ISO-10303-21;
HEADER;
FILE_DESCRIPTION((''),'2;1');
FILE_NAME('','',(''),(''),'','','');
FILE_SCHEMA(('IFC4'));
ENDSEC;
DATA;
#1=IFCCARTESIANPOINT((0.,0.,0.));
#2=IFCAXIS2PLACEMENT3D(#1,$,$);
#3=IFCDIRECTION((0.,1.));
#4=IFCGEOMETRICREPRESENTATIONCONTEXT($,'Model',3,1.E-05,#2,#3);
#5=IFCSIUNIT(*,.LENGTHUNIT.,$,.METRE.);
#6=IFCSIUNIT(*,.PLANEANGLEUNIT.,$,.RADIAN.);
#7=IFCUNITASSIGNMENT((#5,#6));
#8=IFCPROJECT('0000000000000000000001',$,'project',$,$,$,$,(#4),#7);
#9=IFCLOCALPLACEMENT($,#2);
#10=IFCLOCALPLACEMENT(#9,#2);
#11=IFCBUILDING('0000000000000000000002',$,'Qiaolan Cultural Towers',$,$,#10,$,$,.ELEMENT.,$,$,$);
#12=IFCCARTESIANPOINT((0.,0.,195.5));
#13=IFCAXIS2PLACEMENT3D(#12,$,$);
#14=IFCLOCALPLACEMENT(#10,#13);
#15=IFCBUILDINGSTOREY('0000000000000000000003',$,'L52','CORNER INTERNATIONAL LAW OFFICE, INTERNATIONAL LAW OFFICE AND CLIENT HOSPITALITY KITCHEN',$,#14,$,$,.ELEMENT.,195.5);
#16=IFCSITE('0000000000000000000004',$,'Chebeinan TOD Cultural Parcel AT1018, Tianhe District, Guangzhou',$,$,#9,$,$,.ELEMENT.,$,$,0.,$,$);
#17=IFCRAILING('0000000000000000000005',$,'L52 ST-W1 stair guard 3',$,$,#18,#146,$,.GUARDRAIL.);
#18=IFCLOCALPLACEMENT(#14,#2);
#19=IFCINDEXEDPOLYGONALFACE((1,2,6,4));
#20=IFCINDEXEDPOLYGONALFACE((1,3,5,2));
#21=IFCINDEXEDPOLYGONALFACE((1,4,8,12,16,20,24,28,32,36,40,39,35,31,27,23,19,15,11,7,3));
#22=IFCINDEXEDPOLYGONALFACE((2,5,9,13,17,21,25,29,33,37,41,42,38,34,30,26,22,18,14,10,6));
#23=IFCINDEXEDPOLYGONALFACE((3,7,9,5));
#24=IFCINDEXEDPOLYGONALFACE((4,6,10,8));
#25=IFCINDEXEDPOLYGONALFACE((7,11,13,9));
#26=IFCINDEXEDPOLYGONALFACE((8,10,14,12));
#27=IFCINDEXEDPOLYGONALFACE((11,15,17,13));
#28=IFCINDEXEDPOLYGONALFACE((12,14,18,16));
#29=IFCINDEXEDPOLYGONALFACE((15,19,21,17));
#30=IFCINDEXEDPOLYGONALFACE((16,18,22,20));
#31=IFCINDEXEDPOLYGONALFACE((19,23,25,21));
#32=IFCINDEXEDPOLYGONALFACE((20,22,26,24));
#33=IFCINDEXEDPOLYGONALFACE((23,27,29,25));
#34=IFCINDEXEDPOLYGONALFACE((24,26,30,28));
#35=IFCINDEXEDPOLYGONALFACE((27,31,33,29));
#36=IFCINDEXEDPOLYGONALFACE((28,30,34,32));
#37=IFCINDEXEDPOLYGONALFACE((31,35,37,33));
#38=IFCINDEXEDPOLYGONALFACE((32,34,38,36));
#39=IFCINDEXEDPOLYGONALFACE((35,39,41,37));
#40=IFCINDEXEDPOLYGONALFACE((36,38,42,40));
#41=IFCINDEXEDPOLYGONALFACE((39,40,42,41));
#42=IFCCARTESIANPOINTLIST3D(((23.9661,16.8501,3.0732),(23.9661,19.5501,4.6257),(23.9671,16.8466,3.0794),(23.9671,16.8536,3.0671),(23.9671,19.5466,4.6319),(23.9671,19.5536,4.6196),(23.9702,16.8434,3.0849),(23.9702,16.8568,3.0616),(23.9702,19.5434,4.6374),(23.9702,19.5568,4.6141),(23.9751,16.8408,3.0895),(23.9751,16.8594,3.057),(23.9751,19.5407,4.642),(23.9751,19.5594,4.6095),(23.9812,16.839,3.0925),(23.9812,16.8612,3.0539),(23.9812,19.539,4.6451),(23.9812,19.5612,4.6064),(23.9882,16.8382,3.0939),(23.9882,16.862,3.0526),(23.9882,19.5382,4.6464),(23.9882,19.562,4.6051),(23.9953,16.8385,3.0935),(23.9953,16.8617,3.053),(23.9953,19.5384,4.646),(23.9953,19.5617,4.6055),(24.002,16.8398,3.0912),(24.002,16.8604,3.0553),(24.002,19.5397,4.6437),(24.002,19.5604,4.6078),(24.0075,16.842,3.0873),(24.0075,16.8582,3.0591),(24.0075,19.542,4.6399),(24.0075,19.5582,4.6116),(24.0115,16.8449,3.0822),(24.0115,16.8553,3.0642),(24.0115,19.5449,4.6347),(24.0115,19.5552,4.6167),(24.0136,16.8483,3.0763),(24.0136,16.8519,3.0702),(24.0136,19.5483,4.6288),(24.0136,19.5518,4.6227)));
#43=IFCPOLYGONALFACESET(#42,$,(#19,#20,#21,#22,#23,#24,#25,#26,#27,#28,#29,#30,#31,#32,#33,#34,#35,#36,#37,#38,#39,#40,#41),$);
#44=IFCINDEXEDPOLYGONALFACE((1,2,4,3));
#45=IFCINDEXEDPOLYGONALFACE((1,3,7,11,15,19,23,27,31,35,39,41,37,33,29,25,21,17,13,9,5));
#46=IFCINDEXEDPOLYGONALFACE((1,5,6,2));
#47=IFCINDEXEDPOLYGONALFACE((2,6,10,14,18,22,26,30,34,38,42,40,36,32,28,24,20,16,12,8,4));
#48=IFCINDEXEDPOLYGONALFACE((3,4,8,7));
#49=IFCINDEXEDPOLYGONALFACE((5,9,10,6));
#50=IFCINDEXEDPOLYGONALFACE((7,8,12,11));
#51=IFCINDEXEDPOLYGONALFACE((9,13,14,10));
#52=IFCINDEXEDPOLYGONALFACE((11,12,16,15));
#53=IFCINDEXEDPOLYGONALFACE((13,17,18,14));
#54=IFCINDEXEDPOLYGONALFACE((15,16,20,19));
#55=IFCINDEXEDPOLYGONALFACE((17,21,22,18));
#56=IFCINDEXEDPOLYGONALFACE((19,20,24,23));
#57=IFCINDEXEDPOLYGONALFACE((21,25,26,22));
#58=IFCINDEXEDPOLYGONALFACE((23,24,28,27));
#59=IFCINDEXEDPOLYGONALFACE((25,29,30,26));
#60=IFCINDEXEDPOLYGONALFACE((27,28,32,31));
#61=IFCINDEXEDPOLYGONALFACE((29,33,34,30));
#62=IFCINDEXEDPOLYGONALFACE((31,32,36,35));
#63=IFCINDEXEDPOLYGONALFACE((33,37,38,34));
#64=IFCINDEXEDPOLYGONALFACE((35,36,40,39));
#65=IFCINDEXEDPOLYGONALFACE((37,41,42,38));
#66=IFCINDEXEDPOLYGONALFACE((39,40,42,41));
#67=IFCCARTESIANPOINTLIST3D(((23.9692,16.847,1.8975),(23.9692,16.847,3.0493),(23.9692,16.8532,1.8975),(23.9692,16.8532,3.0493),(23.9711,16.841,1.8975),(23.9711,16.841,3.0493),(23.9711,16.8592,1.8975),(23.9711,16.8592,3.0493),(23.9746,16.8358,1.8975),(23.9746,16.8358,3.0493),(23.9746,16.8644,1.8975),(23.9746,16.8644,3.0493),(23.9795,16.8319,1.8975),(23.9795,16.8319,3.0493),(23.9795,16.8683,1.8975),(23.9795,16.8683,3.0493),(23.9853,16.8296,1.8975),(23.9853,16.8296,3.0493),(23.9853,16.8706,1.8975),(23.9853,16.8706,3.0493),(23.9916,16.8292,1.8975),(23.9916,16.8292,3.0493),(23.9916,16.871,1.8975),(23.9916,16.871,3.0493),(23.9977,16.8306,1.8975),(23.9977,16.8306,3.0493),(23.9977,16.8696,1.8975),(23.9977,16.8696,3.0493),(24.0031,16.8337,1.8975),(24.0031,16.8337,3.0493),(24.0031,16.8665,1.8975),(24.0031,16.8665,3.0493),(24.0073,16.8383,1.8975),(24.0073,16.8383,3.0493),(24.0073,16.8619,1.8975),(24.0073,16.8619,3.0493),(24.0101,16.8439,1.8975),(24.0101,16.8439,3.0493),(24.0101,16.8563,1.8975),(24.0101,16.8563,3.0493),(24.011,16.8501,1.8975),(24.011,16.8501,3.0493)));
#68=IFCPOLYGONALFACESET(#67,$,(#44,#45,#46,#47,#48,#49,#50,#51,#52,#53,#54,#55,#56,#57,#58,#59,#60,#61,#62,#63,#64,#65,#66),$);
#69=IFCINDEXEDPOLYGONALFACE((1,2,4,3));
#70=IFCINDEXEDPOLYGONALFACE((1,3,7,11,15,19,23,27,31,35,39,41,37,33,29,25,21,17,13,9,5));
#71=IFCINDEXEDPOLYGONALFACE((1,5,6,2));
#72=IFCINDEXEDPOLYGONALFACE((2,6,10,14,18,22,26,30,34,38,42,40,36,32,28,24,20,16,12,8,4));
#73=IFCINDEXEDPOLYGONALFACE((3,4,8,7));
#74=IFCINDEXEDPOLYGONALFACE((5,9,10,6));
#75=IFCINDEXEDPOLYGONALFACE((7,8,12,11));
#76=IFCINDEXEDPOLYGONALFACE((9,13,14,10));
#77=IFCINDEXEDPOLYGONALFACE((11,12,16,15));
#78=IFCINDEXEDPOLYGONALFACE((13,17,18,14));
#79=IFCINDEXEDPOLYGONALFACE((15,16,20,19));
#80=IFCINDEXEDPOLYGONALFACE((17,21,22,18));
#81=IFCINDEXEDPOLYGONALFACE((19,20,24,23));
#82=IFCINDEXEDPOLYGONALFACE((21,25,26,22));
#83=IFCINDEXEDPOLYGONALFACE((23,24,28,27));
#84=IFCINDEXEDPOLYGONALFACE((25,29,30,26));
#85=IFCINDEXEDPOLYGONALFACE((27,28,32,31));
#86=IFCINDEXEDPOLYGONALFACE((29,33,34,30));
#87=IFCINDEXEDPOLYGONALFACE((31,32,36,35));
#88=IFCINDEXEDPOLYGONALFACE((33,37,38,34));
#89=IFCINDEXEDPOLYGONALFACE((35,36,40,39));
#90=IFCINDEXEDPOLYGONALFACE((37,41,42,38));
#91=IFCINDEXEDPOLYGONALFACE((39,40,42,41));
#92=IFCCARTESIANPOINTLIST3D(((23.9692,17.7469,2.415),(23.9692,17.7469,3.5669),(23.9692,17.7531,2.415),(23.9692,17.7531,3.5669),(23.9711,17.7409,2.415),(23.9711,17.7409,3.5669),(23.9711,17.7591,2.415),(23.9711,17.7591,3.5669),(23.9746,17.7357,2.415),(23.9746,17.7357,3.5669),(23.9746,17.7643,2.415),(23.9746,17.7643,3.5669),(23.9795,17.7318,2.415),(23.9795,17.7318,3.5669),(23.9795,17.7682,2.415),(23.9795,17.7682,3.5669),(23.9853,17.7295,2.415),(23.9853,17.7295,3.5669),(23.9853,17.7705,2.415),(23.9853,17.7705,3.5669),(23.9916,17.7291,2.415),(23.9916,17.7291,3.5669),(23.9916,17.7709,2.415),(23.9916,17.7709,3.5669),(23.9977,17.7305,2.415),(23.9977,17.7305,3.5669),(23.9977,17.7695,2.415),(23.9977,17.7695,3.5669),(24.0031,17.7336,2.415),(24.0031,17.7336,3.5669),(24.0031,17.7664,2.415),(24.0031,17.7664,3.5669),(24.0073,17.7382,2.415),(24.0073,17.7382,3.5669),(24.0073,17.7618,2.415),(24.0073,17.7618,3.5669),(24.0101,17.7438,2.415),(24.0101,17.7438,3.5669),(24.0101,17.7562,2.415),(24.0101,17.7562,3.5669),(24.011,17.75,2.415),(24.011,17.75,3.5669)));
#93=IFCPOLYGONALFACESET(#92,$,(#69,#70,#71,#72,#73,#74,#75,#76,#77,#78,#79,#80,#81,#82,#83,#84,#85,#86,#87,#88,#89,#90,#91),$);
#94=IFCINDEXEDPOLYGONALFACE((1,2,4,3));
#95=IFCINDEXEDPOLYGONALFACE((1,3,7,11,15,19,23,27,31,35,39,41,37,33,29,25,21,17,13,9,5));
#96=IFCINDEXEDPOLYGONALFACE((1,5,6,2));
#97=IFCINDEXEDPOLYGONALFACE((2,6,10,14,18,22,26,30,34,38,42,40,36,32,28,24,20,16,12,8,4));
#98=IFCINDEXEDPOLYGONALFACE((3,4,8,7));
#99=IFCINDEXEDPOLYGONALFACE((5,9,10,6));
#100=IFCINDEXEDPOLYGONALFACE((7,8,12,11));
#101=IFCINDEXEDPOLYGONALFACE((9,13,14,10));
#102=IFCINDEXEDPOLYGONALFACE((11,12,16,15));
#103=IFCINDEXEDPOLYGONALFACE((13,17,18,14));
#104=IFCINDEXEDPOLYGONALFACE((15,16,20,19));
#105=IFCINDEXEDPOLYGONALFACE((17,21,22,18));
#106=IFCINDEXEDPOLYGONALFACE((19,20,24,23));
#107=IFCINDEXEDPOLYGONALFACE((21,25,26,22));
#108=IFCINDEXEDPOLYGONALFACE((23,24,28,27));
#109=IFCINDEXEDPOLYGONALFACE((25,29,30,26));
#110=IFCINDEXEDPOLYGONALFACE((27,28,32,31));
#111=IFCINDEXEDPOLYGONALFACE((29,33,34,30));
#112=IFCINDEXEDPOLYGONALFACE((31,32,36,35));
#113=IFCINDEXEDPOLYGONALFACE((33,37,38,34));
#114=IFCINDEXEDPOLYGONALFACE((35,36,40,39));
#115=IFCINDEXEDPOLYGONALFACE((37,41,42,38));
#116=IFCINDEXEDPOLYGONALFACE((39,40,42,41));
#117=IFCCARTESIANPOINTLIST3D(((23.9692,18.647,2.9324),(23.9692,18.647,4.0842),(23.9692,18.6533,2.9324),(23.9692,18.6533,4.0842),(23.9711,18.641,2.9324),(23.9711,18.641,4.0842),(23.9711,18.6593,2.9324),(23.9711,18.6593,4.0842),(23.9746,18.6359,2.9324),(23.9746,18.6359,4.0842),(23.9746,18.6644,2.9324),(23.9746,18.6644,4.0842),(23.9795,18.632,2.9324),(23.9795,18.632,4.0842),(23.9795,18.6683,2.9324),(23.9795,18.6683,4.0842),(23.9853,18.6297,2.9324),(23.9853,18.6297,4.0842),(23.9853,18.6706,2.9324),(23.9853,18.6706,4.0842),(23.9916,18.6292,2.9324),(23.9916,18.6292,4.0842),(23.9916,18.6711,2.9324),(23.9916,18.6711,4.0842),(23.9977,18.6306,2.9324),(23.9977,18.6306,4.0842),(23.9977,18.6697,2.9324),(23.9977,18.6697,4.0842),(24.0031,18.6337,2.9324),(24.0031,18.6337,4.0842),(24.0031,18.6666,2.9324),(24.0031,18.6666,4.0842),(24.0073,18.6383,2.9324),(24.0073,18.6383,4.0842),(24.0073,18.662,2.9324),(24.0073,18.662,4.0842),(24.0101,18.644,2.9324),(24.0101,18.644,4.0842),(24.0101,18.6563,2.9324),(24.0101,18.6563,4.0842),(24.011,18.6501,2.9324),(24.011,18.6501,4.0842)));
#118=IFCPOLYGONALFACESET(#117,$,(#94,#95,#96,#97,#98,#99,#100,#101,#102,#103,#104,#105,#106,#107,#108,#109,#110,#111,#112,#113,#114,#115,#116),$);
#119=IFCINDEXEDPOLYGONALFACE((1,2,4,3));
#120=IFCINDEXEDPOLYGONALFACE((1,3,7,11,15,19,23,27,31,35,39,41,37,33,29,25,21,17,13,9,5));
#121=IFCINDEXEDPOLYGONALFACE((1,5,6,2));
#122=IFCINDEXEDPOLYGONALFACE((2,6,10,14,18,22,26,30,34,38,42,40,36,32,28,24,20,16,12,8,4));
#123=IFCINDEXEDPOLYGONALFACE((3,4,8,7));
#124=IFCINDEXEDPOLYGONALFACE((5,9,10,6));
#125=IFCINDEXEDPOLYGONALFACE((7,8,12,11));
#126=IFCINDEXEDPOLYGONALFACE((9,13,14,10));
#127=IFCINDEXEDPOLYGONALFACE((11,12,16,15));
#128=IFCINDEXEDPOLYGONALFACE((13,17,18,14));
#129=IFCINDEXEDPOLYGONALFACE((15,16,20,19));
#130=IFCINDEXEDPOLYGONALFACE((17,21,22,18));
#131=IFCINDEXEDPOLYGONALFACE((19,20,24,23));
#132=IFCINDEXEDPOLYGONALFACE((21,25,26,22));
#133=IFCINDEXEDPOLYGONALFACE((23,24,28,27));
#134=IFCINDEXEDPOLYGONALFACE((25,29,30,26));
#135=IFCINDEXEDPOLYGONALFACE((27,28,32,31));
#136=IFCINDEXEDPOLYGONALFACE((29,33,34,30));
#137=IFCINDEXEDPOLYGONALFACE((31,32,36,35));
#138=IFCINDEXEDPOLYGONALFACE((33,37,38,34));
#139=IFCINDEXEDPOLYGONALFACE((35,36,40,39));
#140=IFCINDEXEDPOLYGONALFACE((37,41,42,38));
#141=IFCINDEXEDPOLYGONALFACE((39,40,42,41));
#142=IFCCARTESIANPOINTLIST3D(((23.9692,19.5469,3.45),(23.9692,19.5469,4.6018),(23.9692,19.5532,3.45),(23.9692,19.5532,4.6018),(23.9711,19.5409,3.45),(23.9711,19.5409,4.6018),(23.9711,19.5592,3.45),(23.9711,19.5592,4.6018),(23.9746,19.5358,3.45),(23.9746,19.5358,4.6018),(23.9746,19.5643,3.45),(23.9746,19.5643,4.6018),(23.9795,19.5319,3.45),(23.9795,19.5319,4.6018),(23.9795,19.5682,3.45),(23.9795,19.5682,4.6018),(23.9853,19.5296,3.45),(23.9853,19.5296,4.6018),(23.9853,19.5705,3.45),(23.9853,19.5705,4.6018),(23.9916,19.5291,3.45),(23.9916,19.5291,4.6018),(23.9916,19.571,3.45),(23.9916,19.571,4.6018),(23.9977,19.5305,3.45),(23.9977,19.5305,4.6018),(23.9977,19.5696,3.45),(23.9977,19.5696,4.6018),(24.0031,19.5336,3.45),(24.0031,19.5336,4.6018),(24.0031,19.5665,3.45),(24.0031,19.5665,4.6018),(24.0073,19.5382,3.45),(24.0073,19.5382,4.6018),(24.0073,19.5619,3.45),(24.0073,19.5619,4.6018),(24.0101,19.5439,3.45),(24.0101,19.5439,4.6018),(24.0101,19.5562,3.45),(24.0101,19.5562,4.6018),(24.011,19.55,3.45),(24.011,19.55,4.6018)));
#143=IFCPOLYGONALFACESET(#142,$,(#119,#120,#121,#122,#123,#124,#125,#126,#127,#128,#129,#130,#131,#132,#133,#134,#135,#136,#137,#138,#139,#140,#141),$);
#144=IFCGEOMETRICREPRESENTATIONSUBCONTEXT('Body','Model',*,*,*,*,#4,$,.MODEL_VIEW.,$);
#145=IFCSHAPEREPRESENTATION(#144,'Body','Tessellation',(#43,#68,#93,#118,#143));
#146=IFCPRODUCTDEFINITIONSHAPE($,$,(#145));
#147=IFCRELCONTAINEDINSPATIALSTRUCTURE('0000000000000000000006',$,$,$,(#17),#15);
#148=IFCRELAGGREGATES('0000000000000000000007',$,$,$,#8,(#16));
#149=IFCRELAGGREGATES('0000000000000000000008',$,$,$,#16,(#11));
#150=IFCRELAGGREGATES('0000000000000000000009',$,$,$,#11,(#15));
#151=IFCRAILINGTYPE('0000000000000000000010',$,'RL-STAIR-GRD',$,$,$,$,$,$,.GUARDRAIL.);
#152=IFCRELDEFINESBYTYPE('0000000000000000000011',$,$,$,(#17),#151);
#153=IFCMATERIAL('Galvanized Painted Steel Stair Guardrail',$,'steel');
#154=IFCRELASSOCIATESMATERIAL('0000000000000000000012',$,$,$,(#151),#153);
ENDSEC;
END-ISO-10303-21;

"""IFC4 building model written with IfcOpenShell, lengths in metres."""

from ifc_helpers import new_model, si_unit, direction, frame, origin, origin_2d, place, context, subcontext, project, spatial, circle, extrude, material, type_object, element, save


model = new_model("IFC4")

# Units and contexts
model_context = context("Model", 3, precision=1e-05, world=origin(), true_north=direction((0.0, 1.0)))
body_context = subcontext(model_context, "Body", "Model", "MODEL_VIEW")
ifc_project = project(units=[si_unit("LENGTHUNIT", "METRE"), si_unit("PLANEANGLEUNIT", "RADIAN")], contexts=[model_context])

# Site, building, storey
site_placement = place(None, origin())
site = spatial("IfcSite", under=ifc_project, at=site_placement, Name="Chebeinan TOD Cultural Parcel AT1018, Tianhe District, Guangzhou", CompositionType="ELEMENT", RefElevation=0.0)
building_placement = place(site_placement, origin())
building = spatial("IfcBuilding", under=site, at=building_placement, Name="Qiaolan Cultural Towers", CompositionType="ELEMENT")
storey_placement = place(building_placement, frame((0.0, 0.0, 195.5)))
storey = spatial("IfcBuildingStorey", under=building, at=storey_placement, Name="L52", Description="CORNER INTERNATIONAL LAW OFFICE, INTERNATIONAL LAW OFFICE AND CLIENT HOSPITALITY KITCHEN", CompositionType="ELEMENT", Elevation=195.5)

# Railing
ifc_material_1 = material(Name="Galvanized Painted Steel Stair Guardrail", Category="steel")
railing_type_1 = type_object("IfcRailingType", Name="RL-STAIR-GRD", PredefinedType="GUARDRAIL", material=ifc_material_1)
railing_1_placement = place(storey_placement, frame((23.99, 16.8501, 1.8975)))
element("IfcRailing", 1, at=railing_1_placement, inside=storey, type_object=railing_type_1, Name="L52 ST-W1 stair guard 3", PredefinedType="GUARDRAIL", context=body_context, shape_type="SweptSolid", body=[
    extrude(circle(Radius=0.0239, at=origin_2d()), frame((0.0, 0.0, 1.1758), z_axis=(0.0, 0.866904, 0.498476), x_axis=(-1.0, 0.0, 0.0)), (0.0, 0.0, 1.0), 3.1145),
    extrude(circle(Radius=0.021, at=origin_2d()), origin(), (0.0, 0.0, 1.0), 1.1519),
    extrude(circle(Radius=0.021, at=origin_2d()), frame((0.0, 0.8999, 0.5176)), (0.0, 0.0, 1.0), 1.1519),
    extrude(circle(Radius=0.021, at=origin_2d()), frame((0.0, 1.8, 1.0349)), (0.0, 0.0, 1.0), 1.1519),
    extrude(circle(Radius=0.021, at=origin_2d()), frame((0.0, 2.7, 1.5525)), (0.0, 0.0, 1.0), 1.1519),
])

save(model, "model.ifc")
